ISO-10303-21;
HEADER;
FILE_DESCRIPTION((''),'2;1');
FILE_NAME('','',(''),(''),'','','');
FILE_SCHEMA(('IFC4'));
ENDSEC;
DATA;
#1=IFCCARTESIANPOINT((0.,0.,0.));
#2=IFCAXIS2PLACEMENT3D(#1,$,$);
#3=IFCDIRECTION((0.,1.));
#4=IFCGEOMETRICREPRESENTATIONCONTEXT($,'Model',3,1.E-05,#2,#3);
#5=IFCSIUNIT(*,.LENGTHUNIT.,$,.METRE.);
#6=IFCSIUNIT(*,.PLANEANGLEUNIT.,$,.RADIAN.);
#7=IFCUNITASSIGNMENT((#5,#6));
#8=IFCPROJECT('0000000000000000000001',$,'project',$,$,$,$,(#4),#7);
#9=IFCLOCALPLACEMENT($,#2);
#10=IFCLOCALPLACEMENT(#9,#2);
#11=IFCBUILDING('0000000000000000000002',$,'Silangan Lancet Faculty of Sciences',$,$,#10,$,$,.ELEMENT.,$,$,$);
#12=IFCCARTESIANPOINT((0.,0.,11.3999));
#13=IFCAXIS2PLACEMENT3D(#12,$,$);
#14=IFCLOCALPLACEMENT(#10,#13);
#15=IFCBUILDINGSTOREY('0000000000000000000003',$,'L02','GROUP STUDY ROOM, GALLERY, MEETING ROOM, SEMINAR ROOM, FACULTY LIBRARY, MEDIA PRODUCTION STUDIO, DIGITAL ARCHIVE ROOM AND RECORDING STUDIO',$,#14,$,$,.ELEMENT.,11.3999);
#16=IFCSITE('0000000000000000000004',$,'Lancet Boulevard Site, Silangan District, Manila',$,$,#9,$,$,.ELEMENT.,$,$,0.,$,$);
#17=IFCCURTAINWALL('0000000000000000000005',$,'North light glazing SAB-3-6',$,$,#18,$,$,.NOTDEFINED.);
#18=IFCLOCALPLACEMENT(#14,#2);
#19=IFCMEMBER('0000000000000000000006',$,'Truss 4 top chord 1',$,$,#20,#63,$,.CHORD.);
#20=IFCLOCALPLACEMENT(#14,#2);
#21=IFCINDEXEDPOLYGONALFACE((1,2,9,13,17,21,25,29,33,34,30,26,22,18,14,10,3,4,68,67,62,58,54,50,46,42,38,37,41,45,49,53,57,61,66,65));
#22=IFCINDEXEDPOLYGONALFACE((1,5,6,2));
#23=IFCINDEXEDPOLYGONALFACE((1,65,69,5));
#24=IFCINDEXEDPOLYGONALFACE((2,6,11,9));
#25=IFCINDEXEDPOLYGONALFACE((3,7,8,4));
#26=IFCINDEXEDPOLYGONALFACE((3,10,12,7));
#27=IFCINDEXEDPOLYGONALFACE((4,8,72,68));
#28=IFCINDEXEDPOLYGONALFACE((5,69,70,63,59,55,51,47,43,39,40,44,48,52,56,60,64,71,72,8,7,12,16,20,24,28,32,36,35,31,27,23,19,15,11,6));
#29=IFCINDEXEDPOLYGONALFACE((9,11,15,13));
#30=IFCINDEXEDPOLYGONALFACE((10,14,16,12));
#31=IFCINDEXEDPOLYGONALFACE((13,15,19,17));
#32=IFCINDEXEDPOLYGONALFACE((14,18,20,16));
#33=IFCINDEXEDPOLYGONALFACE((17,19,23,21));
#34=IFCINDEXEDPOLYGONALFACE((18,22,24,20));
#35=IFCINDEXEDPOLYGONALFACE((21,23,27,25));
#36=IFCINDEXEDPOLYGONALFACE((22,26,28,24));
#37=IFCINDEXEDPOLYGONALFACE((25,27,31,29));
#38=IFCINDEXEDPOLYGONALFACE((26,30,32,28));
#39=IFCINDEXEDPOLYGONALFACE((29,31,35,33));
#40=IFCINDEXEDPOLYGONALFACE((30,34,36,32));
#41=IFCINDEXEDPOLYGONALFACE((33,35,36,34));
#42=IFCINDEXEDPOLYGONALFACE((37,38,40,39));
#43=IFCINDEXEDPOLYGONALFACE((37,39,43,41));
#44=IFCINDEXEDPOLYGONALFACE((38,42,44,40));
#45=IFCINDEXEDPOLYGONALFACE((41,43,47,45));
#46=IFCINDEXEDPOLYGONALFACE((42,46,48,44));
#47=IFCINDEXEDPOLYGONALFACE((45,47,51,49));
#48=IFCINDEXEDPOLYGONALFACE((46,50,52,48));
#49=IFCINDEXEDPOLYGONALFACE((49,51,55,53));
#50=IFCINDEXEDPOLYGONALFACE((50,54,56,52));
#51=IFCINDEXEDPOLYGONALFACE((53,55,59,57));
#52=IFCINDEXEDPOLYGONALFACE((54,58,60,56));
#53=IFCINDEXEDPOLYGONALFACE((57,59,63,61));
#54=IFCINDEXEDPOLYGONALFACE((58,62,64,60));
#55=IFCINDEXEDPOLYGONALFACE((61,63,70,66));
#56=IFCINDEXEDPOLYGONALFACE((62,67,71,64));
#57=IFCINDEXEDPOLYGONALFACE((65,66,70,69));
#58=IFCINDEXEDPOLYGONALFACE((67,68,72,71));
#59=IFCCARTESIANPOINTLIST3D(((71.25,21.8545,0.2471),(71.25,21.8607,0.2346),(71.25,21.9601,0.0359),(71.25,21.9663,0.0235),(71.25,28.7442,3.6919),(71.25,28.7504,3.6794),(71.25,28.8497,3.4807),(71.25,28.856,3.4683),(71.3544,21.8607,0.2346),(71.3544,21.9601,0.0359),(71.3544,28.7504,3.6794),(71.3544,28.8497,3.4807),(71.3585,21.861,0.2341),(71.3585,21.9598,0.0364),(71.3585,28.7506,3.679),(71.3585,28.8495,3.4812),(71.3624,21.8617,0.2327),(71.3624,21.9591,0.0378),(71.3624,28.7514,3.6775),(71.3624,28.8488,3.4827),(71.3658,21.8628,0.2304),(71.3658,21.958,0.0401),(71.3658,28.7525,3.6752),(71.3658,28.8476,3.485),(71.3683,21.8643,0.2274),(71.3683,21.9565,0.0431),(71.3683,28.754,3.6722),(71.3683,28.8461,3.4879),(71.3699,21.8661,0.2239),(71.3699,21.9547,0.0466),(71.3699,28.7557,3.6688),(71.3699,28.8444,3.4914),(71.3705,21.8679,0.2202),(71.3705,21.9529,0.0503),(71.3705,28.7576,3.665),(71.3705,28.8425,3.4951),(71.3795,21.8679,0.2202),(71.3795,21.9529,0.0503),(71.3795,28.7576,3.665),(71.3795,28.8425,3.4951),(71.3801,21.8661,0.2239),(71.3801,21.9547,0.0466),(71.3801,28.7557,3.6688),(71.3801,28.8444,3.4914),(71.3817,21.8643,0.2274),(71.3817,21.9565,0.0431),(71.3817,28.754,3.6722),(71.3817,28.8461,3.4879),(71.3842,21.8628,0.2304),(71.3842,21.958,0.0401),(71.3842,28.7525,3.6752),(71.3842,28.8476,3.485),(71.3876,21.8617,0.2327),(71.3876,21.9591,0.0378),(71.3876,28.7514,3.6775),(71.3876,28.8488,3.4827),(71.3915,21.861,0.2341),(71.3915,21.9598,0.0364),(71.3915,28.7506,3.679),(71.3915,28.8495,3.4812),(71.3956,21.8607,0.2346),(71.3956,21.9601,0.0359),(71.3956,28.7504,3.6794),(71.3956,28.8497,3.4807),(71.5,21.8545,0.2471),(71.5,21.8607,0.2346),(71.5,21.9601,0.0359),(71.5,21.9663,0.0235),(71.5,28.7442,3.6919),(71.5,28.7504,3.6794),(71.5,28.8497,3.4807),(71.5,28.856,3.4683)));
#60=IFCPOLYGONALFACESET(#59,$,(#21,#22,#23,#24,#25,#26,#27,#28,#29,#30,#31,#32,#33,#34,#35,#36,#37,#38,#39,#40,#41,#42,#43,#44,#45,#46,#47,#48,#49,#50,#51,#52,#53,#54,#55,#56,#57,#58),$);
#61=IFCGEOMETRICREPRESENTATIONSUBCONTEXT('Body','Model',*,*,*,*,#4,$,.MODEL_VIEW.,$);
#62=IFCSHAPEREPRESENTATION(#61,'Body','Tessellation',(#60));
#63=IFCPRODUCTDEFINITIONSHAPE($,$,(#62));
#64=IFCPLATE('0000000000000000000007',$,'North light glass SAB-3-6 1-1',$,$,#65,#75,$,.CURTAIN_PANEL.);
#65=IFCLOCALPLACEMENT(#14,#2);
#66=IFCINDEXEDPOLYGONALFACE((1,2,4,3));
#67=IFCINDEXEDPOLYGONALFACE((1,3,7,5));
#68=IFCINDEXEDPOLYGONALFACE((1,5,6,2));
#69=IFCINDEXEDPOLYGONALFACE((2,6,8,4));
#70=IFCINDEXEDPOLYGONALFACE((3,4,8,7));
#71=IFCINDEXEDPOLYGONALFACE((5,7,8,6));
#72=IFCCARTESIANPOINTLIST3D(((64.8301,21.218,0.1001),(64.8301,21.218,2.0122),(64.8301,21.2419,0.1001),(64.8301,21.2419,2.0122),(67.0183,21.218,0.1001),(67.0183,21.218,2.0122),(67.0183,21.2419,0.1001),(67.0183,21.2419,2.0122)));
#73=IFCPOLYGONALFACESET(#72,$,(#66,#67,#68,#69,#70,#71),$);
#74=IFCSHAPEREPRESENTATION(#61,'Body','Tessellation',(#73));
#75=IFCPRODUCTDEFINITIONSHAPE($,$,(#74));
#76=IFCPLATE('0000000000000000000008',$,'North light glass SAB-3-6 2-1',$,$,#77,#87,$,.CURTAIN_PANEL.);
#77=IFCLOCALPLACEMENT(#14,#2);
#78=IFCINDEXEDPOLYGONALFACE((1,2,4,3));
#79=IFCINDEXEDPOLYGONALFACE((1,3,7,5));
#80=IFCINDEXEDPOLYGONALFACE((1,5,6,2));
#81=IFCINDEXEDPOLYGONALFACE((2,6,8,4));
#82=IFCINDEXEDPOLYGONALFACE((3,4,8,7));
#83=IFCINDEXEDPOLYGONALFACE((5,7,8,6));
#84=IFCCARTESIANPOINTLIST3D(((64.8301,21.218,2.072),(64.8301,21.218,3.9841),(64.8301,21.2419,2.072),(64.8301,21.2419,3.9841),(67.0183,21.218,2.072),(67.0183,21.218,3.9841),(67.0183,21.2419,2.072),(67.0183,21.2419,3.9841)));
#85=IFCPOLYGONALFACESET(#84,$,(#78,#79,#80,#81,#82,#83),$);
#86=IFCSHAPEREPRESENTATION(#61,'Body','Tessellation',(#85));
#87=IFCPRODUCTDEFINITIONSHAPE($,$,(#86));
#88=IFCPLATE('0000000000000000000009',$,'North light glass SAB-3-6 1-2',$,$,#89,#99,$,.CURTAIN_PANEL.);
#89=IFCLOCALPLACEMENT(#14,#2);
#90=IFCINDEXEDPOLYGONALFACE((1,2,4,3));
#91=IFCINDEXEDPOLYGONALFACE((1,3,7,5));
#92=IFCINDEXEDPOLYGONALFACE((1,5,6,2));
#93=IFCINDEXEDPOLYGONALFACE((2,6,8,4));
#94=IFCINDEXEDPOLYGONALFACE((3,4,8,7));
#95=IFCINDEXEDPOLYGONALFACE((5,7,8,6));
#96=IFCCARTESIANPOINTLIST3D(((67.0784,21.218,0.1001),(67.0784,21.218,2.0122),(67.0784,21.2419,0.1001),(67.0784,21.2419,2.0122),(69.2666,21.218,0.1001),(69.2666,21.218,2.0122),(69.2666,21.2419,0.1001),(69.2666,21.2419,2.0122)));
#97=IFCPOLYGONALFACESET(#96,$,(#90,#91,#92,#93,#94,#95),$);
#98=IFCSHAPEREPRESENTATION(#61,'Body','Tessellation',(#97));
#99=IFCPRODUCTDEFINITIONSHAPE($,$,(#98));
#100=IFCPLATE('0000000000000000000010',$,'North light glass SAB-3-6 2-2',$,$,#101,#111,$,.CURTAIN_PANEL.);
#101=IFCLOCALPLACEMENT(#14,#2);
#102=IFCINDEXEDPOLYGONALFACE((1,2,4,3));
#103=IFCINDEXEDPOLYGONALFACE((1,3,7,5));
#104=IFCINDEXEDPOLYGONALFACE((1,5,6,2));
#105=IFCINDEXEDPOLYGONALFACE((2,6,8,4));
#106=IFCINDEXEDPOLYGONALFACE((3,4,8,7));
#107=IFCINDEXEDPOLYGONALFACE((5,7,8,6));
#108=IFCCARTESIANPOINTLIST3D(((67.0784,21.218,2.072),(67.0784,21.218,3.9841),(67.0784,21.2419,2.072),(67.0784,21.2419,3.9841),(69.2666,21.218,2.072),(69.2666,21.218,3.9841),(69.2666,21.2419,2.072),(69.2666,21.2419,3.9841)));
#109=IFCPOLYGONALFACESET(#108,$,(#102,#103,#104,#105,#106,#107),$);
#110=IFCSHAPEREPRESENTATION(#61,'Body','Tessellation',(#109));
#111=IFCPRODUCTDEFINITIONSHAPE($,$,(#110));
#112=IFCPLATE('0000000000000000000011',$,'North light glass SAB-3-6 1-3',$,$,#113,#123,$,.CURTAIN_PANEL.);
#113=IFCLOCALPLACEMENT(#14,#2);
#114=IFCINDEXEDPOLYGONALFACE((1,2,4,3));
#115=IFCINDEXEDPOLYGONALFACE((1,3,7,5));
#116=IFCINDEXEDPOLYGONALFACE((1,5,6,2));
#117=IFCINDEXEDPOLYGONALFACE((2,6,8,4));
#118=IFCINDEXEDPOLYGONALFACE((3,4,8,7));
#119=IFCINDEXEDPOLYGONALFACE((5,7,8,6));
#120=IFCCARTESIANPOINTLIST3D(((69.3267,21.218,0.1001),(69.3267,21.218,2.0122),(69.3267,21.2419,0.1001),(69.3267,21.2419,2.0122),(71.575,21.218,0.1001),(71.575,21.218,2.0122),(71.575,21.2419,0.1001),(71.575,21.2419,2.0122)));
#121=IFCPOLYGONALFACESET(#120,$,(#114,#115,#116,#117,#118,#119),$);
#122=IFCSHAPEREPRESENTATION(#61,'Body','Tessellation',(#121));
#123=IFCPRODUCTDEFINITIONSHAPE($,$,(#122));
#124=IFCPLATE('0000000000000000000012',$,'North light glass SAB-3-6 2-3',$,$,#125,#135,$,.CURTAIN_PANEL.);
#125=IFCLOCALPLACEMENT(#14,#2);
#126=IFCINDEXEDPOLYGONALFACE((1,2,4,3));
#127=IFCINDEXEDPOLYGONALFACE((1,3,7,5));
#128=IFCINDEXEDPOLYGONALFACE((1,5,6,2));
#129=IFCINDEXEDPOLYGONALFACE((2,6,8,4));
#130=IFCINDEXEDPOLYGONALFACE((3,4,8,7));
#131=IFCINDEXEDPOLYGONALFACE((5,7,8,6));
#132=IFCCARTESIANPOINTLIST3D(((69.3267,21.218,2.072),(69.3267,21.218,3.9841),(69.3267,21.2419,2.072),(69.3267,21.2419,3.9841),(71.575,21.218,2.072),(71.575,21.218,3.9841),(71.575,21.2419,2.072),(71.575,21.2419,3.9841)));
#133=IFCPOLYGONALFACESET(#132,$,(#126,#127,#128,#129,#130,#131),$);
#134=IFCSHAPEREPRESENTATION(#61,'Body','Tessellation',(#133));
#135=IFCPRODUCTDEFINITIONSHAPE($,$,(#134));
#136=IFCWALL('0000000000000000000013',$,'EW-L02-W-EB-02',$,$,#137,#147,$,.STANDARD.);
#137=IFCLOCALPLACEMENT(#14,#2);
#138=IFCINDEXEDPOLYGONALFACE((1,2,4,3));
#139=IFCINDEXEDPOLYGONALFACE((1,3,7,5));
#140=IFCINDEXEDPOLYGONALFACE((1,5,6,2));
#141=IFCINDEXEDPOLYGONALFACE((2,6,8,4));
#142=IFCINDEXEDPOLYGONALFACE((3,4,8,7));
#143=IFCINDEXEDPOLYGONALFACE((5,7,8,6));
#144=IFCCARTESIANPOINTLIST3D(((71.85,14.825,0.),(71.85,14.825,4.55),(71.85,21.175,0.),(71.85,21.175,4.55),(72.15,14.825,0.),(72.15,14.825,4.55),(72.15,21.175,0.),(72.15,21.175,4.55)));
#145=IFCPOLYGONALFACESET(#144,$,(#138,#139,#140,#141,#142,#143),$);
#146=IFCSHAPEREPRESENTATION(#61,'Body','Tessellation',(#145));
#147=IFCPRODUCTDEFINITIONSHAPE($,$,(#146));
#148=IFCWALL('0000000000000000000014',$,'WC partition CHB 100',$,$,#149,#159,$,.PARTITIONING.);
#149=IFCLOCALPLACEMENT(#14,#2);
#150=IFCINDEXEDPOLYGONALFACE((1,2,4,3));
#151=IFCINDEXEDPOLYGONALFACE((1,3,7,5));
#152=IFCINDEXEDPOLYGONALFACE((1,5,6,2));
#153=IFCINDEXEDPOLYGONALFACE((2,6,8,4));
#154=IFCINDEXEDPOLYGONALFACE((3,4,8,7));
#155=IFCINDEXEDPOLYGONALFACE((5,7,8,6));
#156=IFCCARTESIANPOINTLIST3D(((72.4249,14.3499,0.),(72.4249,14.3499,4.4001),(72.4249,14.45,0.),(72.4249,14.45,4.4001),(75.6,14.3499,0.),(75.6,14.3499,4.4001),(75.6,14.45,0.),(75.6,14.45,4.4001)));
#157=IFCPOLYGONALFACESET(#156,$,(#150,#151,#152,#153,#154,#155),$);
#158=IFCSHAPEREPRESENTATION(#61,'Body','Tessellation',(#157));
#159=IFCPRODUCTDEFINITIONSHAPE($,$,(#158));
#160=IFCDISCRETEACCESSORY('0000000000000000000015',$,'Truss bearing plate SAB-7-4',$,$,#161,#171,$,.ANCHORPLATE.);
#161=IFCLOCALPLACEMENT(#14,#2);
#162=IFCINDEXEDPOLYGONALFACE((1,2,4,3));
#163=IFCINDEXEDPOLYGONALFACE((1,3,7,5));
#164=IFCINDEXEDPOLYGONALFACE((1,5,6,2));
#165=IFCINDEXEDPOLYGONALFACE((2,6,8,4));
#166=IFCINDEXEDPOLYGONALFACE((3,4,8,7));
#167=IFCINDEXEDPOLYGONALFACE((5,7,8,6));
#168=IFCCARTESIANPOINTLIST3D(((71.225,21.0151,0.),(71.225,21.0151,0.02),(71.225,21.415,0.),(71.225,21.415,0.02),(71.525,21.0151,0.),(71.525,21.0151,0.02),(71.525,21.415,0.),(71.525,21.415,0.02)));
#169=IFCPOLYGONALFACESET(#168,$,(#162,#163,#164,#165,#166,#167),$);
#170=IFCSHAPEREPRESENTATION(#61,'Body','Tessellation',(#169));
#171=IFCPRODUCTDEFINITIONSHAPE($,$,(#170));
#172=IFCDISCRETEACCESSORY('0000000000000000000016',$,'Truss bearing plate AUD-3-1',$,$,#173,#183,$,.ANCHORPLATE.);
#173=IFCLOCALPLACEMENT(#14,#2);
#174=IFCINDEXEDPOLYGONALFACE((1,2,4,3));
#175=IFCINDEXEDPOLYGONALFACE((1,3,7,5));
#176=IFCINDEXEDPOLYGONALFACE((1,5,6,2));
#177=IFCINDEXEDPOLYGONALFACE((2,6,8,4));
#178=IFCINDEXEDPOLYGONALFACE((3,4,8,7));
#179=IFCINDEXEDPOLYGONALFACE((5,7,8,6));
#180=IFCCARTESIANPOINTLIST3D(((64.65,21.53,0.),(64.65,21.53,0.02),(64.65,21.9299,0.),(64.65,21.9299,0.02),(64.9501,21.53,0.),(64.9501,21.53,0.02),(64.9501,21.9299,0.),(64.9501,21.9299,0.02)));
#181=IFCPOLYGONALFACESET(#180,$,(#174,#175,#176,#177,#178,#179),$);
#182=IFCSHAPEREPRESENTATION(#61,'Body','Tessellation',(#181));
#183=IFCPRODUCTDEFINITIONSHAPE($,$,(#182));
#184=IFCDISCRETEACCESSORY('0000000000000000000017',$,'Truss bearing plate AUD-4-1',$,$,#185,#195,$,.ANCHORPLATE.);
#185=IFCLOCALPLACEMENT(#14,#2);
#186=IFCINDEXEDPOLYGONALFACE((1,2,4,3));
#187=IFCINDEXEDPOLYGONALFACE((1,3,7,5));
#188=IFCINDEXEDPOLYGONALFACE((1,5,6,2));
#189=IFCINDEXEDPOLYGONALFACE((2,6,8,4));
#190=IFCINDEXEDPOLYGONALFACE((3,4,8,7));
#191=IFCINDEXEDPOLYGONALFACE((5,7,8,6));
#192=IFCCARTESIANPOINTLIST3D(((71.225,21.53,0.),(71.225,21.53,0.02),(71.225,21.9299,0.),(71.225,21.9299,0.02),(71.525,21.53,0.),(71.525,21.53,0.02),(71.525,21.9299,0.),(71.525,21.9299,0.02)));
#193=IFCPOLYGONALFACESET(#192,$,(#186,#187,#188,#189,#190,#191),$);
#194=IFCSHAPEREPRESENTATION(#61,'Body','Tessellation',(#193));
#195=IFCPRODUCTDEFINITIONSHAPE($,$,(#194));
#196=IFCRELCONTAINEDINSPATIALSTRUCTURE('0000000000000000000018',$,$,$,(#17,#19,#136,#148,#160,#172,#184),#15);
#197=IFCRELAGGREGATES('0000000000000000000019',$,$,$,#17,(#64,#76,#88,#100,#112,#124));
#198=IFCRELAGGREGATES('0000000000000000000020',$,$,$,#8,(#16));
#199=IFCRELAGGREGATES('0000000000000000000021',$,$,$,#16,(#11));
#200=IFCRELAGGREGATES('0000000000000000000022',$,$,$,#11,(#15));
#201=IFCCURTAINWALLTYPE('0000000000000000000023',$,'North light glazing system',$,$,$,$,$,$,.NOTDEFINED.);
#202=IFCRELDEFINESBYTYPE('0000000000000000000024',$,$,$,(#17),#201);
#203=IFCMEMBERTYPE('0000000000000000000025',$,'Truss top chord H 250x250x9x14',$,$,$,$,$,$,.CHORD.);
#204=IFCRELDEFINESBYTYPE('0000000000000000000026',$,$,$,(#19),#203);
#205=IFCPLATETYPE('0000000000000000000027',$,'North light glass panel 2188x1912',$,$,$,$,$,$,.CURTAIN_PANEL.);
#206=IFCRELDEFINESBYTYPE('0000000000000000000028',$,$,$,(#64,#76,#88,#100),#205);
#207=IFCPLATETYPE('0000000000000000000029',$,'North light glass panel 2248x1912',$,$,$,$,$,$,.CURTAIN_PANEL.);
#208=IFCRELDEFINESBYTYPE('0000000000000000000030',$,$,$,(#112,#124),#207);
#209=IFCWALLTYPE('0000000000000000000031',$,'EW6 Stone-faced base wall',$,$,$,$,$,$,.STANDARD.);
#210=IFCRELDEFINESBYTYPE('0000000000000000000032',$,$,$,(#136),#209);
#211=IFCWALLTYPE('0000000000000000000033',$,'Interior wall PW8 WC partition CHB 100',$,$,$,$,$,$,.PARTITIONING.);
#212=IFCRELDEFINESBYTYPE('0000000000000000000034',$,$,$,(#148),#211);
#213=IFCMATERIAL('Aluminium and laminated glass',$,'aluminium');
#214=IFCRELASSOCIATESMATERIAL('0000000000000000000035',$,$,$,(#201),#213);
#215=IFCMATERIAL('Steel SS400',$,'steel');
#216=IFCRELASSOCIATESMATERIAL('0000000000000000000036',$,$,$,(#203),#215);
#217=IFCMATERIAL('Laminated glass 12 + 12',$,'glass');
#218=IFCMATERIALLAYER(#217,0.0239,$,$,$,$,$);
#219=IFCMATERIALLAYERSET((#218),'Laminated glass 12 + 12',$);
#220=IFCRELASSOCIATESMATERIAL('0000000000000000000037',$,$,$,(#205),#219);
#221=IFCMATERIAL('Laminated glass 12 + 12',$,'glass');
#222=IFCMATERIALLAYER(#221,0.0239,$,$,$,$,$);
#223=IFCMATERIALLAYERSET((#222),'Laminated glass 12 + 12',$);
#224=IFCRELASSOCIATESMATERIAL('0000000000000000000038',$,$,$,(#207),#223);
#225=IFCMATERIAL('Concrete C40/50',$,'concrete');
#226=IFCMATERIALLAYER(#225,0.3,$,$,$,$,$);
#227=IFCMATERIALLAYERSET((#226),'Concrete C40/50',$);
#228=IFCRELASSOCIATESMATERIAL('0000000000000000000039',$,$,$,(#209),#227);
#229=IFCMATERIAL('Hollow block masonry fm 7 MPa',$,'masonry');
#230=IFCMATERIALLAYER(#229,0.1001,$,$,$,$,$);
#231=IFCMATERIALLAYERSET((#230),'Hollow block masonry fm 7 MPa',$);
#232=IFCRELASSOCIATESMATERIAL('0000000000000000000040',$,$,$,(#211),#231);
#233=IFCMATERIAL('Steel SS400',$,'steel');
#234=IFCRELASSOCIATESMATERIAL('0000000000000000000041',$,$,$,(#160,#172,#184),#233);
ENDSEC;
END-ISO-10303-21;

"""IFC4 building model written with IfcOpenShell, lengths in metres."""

from ifc_helpers import new_model, si_unit, direction, frame, frame_2d, origin, origin_2d, place, context, subcontext, project, spatial, polyline, rectangle, i_section, outline, extrude, material, layer, layer_set, material_profile, profile_set, type_object, element, aggregate, save


model = new_model("IFC4")

# Units and contexts
model_context = context("Model", 3, precision=1e-05, world=origin(), true_north=direction((0.0, 1.0)))
body_context = subcontext(model_context, "Body", "Model", "MODEL_VIEW")
ifc_project = project(units=[si_unit("LENGTHUNIT", "METRE"), si_unit("PLANEANGLEUNIT", "RADIAN")], contexts=[model_context])

# Site, building, storey
site_placement = place(None, origin())
site = spatial("IfcSite", under=ifc_project, at=site_placement, Name="Lancet Boulevard Site, Silangan District, Manila", CompositionType="ELEMENT", RefElevation=0.0)
building_placement = place(site_placement, origin())
building = spatial("IfcBuilding", under=site, at=building_placement, Name="Silangan Lancet Faculty of Sciences", CompositionType="ELEMENT")
storey_placement = place(building_placement, frame((0.0, 0.0, 11.3999)))
storey = spatial("IfcBuildingStorey", under=building, at=storey_placement, Name="L02", Description="GROUP STUDY ROOM, GALLERY, MEETING ROOM, SEMINAR ROOM, FACULTY LIBRARY, MEDIA PRODUCTION STUDIO, DIGITAL ARCHIVE ROOM AND RECORDING STUDIO", CompositionType="ELEMENT", Elevation=11.3999)

# Curtain wall
ifc_material_1 = material(Name="Aluminium and laminated glass", Category="aluminium")
curtain_wall_type = type_object("IfcCurtainWallType", Name="North light glazing system", PredefinedType="NOTDEFINED", material=ifc_material_1)
curtain_wall_placement = place(storey_placement, origin())
curtain_wall = element("IfcCurtainWall", 1, at=curtain_wall_placement, inside=storey, type_object=curtain_wall_type, Name="North light glazing SAB-3-6", PredefinedType="NOTDEFINED")

# Member
ifc_material_2 = material(Name="Steel SS400", Category="steel")
ifc_material_profile_1 = material_profile(ifc_material_2, i_section(OverallWidth=0.25, OverallDepth=0.25, WebThickness=0.009, FlangeThickness=0.0139, FilletRadius=0.0161, at=origin_2d()), Name="H 250x250x9x14")
ifc_profile_set_1 = profile_set([ifc_material_profile_1], Name="Steel SS400")
member_type_1 = type_object("IfcMemberType", Name="Truss top chord H 250x250x9x14", PredefinedType="CHORD", material=ifc_profile_set_1)
for number, where, z_axis, x_axis, name in (
    (2, (71.375, 21.9104, 0.1353), (0.0, 0.894427, 0.447214), (-1.0, 0.0, 0.0), "Truss 4 top chord 1"),
):
    element("IfcMember", number, at=place(storey_placement, frame(where, z_axis=z_axis, x_axis=x_axis)), inside=storey, type_object=member_type_1, Name=name, PredefinedType="CHORD", context=body_context, shape_type="SweptSolid", body=[
        extrude(i_section(OverallWidth=0.25, OverallDepth=0.25, WebThickness=0.009, FlangeThickness=0.0139, FilletRadius=0.0161, at=origin_2d()), origin(), (0.0, 0.0, 1.0), 7.7029),
    ])

# Plates
ifc_material_3 = material(Name="Laminated glass 12 + 12", Category="glass")
ifc_layer_1 = layer(ifc_material_3, 0.0239)
ifc_layer_set_1 = layer_set([ifc_layer_1], Name="Laminated glass 12 + 12")
plate_type_1 = type_object("IfcPlateType", Name="North light glass panel 2188x1912", PredefinedType="CURTAIN_PANEL", material=ifc_layer_set_1)
plate_1_placement = place(storey_placement, frame((64.8301, 21.218, 0.1001), z_axis=(0.0, -1.0, 0.0), x_axis=(1.0, 0.0, 0.0)))
plate_1 = element("IfcPlate", 3, at=plate_1_placement, type_object=plate_type_1, Name="North light glass SAB-3-6 1-1", PredefinedType="CURTAIN_PANEL", context=body_context, shape_type="SweptSolid", body=[
    extrude(outline(polyline([(0.0, 0.0), (2.1882, 0.0), (2.1882, 1.9121), (0.0, 1.9121), (0.0, 0.0)])), origin(), (0.0, 0.0, -1.0), 0.0239),
])
plate_2_placement = place(storey_placement, frame((64.8301, 21.218, 2.072), z_axis=(0.0, -1.0, 0.0), x_axis=(1.0, 0.0, 0.0)))
plate_2 = element("IfcPlate", 4, at=plate_2_placement, type_object=plate_type_1, Name="North light glass SAB-3-6 2-1", PredefinedType="CURTAIN_PANEL", context=body_context, shape_type="SweptSolid", body=[
    extrude(outline(polyline([(0.0, 0.0), (2.1882, 0.0), (2.1882, 1.9121), (0.0, 1.9121), (0.0, 0.0)])), origin(), (0.0, 0.0, -1.0), 0.0239),
])
plate_3_placement = place(storey_placement, frame((67.0784, 21.218, 0.1001), z_axis=(0.0, -1.0, 0.0), x_axis=(1.0, 0.0, 0.0)))
plate_3 = element("IfcPlate", 5, at=plate_3_placement, type_object=plate_type_1, Name="North light glass SAB-3-6 1-2", PredefinedType="CURTAIN_PANEL", context=body_context, shape_type="SweptSolid", body=[
    extrude(outline(polyline([(0.0, 0.0), (2.1882, 0.0), (2.1882, 1.9121), (0.0, 1.9121), (0.0, 0.0)])), origin(), (0.0, 0.0, -1.0), 0.0239),
])
plate_4_placement = place(storey_placement, frame((67.0784, 21.218, 2.072), z_axis=(0.0, -1.0, 0.0), x_axis=(1.0, 0.0, 0.0)))
plate_4 = element("IfcPlate", 6, at=plate_4_placement, type_object=plate_type_1, Name="North light glass SAB-3-6 2-2", PredefinedType="CURTAIN_PANEL", context=body_context, shape_type="SweptSolid", body=[
    extrude(outline(polyline([(0.0, 0.0), (2.1882, 0.0), (2.1882, 1.9121), (0.0, 1.9121), (0.0, 0.0)])), origin(), (0.0, 0.0, -1.0), 0.0239),
])
ifc_material_4 = material(Name="Laminated glass 12 + 12", Category="glass")
ifc_layer_2 = layer(ifc_material_4, 0.0239)
ifc_layer_set_2 = layer_set([ifc_layer_2], Name="Laminated glass 12 + 12")
plate_type_2 = type_object("IfcPlateType", Name="North light glass panel 2248x1912", PredefinedType="CURTAIN_PANEL", material=ifc_layer_set_2)
plate_5_placement = place(storey_placement, frame((69.3267, 21.218, 0.1001), z_axis=(0.0, -1.0, 0.0), x_axis=(1.0, 0.0, 0.0)))
plate_5 = element("IfcPlate", 7, at=plate_5_placement, type_object=plate_type_2, Name="North light glass SAB-3-6 1-3", PredefinedType="CURTAIN_PANEL", context=body_context, shape_type="SweptSolid", body=[
    extrude(outline(polyline([(0.0, 0.0), (2.2483, 0.0), (2.2483, 1.9121), (0.0, 1.9121), (0.0, 0.0)])), origin(), (0.0, 0.0, -1.0), 0.0239),
])
plate_6_placement = place(storey_placement, frame((69.3267, 21.218, 2.072), z_axis=(0.0, -1.0, 0.0), x_axis=(1.0, 0.0, 0.0)))
plate_6 = element("IfcPlate", 8, at=plate_6_placement, type_object=plate_type_2, Name="North light glass SAB-3-6 2-3", PredefinedType="CURTAIN_PANEL", context=body_context, shape_type="SweptSolid", body=[
    extrude(outline(polyline([(0.0, 0.0), (2.2483, 0.0), (2.2483, 1.9121), (0.0, 1.9121), (0.0, 0.0)])), origin(), (0.0, 0.0, -1.0), 0.0239),
])
aggregate(curtain_wall, [plate_1, plate_2, plate_3, plate_4, plate_5, plate_6])

# Walls
ifc_material_5 = material(Name="Concrete C40/50", Category="concrete")
ifc_layer_3 = layer(ifc_material_5, 0.3)
ifc_layer_set_3 = layer_set([ifc_layer_3], Name="Concrete C40/50")
wall_type_1 = type_object("IfcWallType", Name="EW6 Stone-faced base wall", PredefinedType="STANDARD", material=ifc_layer_set_3)
wall_1_placement = place(storey_placement, frame((72.0, 14.825, 0.0), z_axis=(0.0, 0.0, 1.0), x_axis=(0.0, 1.0, 0.0)))
element("IfcWall", 9, at=wall_1_placement, inside=storey, type_object=wall_type_1, Name="EW-L02-W-EB-02", PredefinedType="STANDARD", context=body_context, shape_type="SweptSolid", body=[
    extrude(rectangle(XDim=6.3501, YDim=0.3, at=frame_2d((3.175, 0.0))), origin(), (0.0, 0.0, 1.0), 4.55),
])
ifc_material_6 = material(Name="Hollow block masonry fm 7 MPa", Category="masonry")
ifc_layer_4 = layer(ifc_material_6, 0.1001)
ifc_layer_set_4 = layer_set([ifc_layer_4], Name="Hollow block masonry fm 7 MPa")
wall_type_2 = type_object("IfcWallType", Name="Interior wall PW8 WC partition CHB 100", PredefinedType="PARTITIONING", material=ifc_layer_set_4)
wall_2_placement = place(storey_placement, frame((72.425, 14.3999, 0.0), z_axis=(0.0, 0.0, 1.0), x_axis=(1.0, 0.0, 0.0)))
element("IfcWall", 10, at=wall_2_placement, inside=storey, type_object=wall_type_2, Name="WC partition CHB 100", PredefinedType="PARTITIONING", context=body_context, shape_type="SweptSolid", body=[
    extrude(rectangle(XDim=3.175, YDim=0.1001, at=frame_2d((1.5874, 0.0))), origin(), (0.0, 0.0, 1.0), 4.4001),
])

# Discrete accessories
ifc_material_7 = material(Name="Steel SS400", Category="steel")
for number, where, z_axis, x_axis, name in (
    (11, (71.375, 21.2151, 0.0), (0.0, 0.0, 1.0), (1.0, 0.0, 0.0), "Truss bearing plate SAB-7-4"),
    (12, (64.8, 21.73, 0.0), (0.0, 0.0, 1.0), (1.0, 0.0, 0.0), "Truss bearing plate AUD-3-1"),
    (13, (71.375, 21.73, 0.0), (0.0, 0.0, 1.0), (1.0, 0.0, 0.0), "Truss bearing plate AUD-4-1"),
):
    element("IfcDiscreteAccessory", number, at=place(storey_placement, frame(where, z_axis=z_axis, x_axis=x_axis)), inside=storey, material=ifc_material_7, Name=name, PredefinedType="ANCHORPLATE", context=body_context, shape_type="SweptSolid", body=[
        extrude(rectangle(XDim=0.3, YDim=0.3999, at=origin_2d()), origin(), (0.0, 0.0, 1.0), 0.02),
    ])

save(model, "model.ifc")
